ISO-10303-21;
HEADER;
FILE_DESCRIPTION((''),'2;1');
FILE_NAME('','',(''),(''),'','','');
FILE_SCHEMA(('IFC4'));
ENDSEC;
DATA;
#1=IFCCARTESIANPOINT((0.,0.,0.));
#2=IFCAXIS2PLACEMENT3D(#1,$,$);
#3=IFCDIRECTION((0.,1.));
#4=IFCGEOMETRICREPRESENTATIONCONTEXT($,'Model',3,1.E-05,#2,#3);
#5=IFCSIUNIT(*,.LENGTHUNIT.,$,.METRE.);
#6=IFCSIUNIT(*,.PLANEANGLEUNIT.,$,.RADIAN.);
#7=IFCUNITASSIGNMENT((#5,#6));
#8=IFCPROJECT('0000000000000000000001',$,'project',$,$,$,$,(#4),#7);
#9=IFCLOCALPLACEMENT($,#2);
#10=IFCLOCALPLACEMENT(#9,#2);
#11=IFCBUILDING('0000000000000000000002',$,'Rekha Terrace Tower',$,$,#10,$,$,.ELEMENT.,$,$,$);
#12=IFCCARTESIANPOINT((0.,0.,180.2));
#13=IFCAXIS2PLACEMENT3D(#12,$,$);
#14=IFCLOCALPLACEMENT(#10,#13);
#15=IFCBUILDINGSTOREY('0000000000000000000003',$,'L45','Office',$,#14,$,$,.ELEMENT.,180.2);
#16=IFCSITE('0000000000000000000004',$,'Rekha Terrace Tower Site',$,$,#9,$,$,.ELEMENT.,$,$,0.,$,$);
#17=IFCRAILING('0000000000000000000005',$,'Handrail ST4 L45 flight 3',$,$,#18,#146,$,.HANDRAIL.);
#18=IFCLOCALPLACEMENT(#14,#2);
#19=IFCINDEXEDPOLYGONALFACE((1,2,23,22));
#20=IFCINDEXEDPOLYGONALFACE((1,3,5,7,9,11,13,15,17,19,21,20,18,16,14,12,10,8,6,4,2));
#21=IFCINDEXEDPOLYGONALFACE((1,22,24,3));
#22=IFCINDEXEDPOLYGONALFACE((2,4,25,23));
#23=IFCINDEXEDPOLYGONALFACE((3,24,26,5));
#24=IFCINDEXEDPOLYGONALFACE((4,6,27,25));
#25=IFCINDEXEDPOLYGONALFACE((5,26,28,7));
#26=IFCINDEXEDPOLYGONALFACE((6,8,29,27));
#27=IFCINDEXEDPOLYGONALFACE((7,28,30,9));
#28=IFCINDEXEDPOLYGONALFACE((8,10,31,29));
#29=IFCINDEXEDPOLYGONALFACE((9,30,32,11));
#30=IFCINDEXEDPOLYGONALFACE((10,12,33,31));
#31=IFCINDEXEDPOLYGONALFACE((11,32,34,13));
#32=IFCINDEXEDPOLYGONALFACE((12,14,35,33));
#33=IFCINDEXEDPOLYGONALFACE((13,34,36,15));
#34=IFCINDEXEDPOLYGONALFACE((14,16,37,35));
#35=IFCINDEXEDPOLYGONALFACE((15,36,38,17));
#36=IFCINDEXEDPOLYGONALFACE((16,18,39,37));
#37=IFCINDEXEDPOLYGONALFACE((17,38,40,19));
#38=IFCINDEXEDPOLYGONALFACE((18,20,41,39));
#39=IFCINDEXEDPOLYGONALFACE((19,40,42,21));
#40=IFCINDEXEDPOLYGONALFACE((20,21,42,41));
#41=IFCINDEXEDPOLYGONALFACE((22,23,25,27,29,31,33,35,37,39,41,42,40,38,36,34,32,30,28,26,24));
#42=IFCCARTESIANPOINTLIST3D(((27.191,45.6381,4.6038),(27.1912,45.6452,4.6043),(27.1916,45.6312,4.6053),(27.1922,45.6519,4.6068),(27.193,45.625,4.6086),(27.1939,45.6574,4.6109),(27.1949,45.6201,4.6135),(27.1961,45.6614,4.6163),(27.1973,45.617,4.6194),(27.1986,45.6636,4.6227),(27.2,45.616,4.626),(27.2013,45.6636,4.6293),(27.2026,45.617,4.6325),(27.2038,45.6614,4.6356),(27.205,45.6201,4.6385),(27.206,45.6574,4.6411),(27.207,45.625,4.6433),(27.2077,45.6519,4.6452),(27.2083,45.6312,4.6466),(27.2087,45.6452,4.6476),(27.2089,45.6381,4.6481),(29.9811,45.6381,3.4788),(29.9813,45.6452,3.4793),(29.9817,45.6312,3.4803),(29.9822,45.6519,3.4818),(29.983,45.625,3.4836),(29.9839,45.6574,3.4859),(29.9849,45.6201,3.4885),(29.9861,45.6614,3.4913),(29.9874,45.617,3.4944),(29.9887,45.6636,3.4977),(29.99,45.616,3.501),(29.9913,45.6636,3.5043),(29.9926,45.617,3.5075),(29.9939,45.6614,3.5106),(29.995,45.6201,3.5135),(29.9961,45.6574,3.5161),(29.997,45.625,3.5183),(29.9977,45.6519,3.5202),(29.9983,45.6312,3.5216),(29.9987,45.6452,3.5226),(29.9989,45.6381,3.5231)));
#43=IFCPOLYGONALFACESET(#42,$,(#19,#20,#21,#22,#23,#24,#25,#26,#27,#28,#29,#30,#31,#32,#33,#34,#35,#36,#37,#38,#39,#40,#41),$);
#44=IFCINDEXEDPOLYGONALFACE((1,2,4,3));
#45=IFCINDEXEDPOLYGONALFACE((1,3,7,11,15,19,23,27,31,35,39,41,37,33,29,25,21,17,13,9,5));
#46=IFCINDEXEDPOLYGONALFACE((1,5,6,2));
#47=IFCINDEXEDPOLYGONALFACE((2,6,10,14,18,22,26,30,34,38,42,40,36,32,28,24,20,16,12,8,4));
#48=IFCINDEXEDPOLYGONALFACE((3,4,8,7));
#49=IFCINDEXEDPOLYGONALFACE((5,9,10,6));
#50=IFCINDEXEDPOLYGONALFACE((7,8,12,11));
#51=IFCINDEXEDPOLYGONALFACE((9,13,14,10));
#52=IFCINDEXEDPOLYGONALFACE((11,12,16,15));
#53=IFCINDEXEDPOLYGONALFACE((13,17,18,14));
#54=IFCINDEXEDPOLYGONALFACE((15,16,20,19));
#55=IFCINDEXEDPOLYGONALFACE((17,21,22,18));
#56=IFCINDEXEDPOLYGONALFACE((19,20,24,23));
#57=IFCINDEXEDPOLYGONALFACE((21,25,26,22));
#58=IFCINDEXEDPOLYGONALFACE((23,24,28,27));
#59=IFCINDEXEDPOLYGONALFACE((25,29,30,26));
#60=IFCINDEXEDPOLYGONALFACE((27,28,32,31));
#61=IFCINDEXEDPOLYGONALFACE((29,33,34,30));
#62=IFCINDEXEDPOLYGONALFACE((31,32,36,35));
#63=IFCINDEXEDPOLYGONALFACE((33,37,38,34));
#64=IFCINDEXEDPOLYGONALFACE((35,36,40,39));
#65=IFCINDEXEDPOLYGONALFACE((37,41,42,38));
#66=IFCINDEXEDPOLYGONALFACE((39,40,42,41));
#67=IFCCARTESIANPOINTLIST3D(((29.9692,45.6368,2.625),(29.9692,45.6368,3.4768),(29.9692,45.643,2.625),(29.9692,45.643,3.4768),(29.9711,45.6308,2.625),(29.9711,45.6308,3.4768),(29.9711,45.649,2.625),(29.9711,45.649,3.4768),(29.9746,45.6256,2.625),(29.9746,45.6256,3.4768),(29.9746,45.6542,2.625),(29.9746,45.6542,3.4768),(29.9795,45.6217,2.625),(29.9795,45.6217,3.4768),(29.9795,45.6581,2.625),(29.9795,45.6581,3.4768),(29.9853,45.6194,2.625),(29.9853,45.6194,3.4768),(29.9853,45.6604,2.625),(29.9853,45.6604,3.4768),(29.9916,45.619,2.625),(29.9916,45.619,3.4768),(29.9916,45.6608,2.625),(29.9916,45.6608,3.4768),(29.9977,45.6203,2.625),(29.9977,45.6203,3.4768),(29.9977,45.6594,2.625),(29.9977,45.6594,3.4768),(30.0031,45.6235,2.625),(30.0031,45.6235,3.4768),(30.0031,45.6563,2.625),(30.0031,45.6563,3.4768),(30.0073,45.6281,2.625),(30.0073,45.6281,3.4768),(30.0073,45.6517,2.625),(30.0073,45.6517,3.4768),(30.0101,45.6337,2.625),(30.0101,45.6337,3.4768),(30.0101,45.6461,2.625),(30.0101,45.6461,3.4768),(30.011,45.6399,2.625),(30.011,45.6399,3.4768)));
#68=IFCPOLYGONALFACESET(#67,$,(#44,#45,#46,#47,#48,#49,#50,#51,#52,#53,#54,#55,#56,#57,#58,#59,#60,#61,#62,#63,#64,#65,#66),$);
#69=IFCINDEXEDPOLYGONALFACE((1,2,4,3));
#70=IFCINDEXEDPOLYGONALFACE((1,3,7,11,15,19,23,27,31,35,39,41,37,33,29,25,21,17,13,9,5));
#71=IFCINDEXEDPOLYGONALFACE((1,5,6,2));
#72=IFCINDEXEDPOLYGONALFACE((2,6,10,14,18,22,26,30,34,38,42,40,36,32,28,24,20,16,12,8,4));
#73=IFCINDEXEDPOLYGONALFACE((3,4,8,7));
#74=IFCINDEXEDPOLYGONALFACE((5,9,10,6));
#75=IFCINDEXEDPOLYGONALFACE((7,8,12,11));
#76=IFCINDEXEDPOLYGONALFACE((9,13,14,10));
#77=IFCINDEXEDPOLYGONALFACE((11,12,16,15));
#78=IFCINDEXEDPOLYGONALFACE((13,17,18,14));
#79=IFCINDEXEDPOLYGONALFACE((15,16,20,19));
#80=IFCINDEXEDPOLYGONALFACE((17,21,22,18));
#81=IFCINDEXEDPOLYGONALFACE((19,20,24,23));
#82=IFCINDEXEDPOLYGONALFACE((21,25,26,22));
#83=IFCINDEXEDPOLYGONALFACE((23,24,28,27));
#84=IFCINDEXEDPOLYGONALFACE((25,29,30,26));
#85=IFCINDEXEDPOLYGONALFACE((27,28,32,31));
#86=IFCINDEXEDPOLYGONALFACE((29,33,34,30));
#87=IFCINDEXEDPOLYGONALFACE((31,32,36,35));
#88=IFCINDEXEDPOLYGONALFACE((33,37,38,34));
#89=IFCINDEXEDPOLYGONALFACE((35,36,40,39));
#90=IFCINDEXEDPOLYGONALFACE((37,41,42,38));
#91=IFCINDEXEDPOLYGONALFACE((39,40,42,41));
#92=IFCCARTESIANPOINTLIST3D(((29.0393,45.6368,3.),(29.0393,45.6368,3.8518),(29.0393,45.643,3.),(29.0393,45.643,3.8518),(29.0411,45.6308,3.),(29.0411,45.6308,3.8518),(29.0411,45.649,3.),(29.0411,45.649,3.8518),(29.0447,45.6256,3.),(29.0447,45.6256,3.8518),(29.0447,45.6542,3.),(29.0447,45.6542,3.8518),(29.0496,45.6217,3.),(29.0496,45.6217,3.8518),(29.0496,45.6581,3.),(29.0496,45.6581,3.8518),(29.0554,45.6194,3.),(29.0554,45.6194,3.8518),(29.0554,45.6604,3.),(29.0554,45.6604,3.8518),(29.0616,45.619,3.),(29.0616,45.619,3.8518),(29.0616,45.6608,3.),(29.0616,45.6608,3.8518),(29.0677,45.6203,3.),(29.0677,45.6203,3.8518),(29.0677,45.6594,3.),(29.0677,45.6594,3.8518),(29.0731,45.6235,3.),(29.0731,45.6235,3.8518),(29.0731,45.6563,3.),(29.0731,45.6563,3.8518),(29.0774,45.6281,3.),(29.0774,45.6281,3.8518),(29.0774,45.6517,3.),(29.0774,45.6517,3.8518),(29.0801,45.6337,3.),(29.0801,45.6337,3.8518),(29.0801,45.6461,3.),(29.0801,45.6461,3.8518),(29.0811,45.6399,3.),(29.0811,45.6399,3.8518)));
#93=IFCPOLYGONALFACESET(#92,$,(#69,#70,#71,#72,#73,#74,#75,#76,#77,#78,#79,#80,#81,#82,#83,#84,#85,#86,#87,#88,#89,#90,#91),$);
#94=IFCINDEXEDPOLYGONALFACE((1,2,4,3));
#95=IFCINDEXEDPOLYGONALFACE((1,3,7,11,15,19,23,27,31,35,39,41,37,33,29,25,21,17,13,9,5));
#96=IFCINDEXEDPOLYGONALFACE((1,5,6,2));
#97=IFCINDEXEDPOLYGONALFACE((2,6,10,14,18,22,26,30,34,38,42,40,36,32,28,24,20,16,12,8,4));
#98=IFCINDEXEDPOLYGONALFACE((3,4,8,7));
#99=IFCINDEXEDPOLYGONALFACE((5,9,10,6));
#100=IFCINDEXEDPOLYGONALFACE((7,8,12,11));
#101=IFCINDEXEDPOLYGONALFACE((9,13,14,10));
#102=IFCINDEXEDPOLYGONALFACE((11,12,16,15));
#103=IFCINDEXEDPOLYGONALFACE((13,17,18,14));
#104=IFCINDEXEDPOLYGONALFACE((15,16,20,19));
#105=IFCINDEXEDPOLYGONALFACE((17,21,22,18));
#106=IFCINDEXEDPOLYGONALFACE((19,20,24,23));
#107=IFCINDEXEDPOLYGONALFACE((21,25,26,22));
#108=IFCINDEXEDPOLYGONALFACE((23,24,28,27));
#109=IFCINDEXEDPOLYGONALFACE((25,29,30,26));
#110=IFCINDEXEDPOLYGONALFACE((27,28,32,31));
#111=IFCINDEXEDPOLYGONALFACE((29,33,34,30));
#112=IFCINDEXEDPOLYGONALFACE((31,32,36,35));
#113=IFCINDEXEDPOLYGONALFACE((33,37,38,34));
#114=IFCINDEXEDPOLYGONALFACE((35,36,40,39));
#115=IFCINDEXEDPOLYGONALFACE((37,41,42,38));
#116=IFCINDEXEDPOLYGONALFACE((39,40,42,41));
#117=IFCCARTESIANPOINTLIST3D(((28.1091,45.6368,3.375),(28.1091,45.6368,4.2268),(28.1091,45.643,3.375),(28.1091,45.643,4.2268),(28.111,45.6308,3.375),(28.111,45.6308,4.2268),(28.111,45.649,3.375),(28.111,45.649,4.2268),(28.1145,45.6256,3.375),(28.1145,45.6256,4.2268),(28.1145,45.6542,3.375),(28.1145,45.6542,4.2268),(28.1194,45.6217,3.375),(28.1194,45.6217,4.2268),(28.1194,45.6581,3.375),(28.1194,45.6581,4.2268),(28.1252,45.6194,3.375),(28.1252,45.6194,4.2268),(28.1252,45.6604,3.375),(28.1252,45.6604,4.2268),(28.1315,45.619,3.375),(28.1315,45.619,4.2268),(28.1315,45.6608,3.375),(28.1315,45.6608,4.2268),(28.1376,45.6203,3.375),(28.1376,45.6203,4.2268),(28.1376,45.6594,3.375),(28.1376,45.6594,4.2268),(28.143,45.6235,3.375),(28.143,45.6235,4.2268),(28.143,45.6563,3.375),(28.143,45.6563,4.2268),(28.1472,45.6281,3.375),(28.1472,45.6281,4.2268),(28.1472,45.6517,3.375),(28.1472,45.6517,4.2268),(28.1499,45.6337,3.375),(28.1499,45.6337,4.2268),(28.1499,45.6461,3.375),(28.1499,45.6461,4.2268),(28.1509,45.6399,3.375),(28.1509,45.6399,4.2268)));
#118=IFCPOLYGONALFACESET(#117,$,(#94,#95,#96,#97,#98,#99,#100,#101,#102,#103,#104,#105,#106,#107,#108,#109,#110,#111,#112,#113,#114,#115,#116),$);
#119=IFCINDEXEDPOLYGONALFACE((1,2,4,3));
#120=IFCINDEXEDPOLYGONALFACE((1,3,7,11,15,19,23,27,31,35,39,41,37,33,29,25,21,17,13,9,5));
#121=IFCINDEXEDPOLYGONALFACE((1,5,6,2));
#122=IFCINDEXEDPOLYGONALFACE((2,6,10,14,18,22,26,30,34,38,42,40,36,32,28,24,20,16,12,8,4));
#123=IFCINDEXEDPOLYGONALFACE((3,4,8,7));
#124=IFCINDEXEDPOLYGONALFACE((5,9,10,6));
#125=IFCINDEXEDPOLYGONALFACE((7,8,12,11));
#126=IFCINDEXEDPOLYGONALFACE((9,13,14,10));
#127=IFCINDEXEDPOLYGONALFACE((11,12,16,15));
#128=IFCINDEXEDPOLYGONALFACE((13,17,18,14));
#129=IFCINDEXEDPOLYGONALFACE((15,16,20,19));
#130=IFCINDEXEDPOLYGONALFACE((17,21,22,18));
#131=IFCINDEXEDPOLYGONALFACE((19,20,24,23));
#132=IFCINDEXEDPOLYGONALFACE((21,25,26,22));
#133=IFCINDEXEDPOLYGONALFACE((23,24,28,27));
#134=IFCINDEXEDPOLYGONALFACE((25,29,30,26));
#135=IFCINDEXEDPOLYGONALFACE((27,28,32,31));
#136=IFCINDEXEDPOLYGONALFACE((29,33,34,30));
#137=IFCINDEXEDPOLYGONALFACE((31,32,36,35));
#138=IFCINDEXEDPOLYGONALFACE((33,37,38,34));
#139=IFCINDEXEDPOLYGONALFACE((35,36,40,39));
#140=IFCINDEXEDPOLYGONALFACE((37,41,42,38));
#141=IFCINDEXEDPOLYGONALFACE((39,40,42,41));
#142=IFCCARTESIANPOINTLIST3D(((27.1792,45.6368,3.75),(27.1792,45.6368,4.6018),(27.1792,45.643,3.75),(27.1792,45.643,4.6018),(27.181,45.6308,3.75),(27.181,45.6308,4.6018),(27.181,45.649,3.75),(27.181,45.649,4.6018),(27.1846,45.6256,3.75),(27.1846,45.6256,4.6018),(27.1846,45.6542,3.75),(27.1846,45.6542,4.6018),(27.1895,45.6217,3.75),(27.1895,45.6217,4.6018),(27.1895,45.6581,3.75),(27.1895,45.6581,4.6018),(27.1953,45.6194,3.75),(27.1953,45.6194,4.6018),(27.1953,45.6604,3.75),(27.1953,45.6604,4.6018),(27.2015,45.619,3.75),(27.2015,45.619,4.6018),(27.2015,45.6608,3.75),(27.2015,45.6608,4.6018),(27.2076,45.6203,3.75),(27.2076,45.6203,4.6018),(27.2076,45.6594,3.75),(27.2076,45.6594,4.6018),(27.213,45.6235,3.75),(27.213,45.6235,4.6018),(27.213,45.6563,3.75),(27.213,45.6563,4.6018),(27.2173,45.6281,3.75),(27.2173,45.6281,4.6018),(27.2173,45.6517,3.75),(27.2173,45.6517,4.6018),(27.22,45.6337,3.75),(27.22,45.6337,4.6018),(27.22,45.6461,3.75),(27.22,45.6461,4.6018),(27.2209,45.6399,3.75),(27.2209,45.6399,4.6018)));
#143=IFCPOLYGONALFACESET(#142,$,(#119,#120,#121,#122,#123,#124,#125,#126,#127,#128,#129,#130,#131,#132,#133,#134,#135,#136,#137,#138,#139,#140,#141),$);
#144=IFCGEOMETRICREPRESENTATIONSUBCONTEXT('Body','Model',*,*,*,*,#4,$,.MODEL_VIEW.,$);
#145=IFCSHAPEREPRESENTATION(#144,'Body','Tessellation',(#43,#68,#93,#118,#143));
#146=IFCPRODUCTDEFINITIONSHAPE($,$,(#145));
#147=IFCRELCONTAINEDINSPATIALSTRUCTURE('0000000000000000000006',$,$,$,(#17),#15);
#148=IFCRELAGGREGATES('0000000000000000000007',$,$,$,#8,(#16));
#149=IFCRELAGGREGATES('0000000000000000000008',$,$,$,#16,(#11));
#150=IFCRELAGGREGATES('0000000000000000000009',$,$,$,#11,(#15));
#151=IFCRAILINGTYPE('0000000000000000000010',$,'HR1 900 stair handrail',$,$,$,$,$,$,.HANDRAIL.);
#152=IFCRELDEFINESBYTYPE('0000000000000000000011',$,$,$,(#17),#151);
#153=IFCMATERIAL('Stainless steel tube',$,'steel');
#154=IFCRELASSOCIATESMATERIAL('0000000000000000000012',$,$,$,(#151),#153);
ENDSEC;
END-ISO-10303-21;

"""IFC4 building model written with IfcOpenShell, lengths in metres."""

from ifc_helpers import new_model, si_unit, direction, frame, origin, origin_2d, place, context, subcontext, project, spatial, circle, extrude, material, type_object, element, save


model = new_model("IFC4")

# Units and contexts
model_context = context("Model", 3, precision=1e-05, world=origin(), true_north=direction((0.0, 1.0)))
body_context = subcontext(model_context, "Body", "Model", "MODEL_VIEW")
ifc_project = project(units=[si_unit("LENGTHUNIT", "METRE"), si_unit("PLANEANGLEUNIT", "RADIAN")], contexts=[model_context])

# Site, building, storey
site_placement = place(None, origin())
site = spatial("IfcSite", under=ifc_project, at=site_placement, Name="Rekha Terrace Tower Site", CompositionType="ELEMENT", RefElevation=0.0)
building_placement = place(site_placement, origin())
building = spatial("IfcBuilding", under=site, at=building_placement, Name="Rekha Terrace Tower", CompositionType="ELEMENT")
storey_placement = place(building_placement, frame((0.0, 0.0, 180.2)))
storey = spatial("IfcBuildingStorey", under=building, at=storey_placement, Name="L45", Description="Office", CompositionType="ELEMENT", Elevation=180.2)

# Railing
ifc_material_1 = material(Name="Stainless steel tube", Category="steel")
railing_type_1 = type_object("IfcRailingType", Name="HR1 900 stair handrail", PredefinedType="HANDRAIL", material=ifc_material_1)
railing_1_placement = place(storey_placement, frame((29.99, 45.6399, 2.625)))
element("IfcRailing", 1, at=railing_1_placement, inside=storey, type_object=railing_type_1, Name="Handrail ST4 L45 flight 3", PredefinedType="HANDRAIL", context=body_context, shape_type="SweptSolid", body=[
    extrude(circle(Radius=0.0239, at=origin_2d()), frame((0.0, 0.0, 0.876), z_axis=(-0.927443, 0.0, 0.373964), x_axis=(0.0, -1.0, 0.0)), (0.0, 0.0, 1.0), 3.0083),
    extrude(circle(Radius=0.021, at=origin_2d()), origin(), (0.0, 0.0, 1.0), 0.8518),
    extrude(circle(Radius=0.021, at=origin_2d()), frame((-0.9299, 0.0, 0.375)), (0.0, 0.0, 1.0), 0.8518),
    extrude(circle(Radius=0.021, at=origin_2d()), frame((-1.8601, 0.0, 0.75)), (0.0, 0.0, 1.0), 0.8518),
    extrude(circle(Radius=0.021, at=origin_2d()), frame((-2.79, 0.0, 1.125)), (0.0, 0.0, 1.0), 0.8518),
])

save(model, "model.ifc")
